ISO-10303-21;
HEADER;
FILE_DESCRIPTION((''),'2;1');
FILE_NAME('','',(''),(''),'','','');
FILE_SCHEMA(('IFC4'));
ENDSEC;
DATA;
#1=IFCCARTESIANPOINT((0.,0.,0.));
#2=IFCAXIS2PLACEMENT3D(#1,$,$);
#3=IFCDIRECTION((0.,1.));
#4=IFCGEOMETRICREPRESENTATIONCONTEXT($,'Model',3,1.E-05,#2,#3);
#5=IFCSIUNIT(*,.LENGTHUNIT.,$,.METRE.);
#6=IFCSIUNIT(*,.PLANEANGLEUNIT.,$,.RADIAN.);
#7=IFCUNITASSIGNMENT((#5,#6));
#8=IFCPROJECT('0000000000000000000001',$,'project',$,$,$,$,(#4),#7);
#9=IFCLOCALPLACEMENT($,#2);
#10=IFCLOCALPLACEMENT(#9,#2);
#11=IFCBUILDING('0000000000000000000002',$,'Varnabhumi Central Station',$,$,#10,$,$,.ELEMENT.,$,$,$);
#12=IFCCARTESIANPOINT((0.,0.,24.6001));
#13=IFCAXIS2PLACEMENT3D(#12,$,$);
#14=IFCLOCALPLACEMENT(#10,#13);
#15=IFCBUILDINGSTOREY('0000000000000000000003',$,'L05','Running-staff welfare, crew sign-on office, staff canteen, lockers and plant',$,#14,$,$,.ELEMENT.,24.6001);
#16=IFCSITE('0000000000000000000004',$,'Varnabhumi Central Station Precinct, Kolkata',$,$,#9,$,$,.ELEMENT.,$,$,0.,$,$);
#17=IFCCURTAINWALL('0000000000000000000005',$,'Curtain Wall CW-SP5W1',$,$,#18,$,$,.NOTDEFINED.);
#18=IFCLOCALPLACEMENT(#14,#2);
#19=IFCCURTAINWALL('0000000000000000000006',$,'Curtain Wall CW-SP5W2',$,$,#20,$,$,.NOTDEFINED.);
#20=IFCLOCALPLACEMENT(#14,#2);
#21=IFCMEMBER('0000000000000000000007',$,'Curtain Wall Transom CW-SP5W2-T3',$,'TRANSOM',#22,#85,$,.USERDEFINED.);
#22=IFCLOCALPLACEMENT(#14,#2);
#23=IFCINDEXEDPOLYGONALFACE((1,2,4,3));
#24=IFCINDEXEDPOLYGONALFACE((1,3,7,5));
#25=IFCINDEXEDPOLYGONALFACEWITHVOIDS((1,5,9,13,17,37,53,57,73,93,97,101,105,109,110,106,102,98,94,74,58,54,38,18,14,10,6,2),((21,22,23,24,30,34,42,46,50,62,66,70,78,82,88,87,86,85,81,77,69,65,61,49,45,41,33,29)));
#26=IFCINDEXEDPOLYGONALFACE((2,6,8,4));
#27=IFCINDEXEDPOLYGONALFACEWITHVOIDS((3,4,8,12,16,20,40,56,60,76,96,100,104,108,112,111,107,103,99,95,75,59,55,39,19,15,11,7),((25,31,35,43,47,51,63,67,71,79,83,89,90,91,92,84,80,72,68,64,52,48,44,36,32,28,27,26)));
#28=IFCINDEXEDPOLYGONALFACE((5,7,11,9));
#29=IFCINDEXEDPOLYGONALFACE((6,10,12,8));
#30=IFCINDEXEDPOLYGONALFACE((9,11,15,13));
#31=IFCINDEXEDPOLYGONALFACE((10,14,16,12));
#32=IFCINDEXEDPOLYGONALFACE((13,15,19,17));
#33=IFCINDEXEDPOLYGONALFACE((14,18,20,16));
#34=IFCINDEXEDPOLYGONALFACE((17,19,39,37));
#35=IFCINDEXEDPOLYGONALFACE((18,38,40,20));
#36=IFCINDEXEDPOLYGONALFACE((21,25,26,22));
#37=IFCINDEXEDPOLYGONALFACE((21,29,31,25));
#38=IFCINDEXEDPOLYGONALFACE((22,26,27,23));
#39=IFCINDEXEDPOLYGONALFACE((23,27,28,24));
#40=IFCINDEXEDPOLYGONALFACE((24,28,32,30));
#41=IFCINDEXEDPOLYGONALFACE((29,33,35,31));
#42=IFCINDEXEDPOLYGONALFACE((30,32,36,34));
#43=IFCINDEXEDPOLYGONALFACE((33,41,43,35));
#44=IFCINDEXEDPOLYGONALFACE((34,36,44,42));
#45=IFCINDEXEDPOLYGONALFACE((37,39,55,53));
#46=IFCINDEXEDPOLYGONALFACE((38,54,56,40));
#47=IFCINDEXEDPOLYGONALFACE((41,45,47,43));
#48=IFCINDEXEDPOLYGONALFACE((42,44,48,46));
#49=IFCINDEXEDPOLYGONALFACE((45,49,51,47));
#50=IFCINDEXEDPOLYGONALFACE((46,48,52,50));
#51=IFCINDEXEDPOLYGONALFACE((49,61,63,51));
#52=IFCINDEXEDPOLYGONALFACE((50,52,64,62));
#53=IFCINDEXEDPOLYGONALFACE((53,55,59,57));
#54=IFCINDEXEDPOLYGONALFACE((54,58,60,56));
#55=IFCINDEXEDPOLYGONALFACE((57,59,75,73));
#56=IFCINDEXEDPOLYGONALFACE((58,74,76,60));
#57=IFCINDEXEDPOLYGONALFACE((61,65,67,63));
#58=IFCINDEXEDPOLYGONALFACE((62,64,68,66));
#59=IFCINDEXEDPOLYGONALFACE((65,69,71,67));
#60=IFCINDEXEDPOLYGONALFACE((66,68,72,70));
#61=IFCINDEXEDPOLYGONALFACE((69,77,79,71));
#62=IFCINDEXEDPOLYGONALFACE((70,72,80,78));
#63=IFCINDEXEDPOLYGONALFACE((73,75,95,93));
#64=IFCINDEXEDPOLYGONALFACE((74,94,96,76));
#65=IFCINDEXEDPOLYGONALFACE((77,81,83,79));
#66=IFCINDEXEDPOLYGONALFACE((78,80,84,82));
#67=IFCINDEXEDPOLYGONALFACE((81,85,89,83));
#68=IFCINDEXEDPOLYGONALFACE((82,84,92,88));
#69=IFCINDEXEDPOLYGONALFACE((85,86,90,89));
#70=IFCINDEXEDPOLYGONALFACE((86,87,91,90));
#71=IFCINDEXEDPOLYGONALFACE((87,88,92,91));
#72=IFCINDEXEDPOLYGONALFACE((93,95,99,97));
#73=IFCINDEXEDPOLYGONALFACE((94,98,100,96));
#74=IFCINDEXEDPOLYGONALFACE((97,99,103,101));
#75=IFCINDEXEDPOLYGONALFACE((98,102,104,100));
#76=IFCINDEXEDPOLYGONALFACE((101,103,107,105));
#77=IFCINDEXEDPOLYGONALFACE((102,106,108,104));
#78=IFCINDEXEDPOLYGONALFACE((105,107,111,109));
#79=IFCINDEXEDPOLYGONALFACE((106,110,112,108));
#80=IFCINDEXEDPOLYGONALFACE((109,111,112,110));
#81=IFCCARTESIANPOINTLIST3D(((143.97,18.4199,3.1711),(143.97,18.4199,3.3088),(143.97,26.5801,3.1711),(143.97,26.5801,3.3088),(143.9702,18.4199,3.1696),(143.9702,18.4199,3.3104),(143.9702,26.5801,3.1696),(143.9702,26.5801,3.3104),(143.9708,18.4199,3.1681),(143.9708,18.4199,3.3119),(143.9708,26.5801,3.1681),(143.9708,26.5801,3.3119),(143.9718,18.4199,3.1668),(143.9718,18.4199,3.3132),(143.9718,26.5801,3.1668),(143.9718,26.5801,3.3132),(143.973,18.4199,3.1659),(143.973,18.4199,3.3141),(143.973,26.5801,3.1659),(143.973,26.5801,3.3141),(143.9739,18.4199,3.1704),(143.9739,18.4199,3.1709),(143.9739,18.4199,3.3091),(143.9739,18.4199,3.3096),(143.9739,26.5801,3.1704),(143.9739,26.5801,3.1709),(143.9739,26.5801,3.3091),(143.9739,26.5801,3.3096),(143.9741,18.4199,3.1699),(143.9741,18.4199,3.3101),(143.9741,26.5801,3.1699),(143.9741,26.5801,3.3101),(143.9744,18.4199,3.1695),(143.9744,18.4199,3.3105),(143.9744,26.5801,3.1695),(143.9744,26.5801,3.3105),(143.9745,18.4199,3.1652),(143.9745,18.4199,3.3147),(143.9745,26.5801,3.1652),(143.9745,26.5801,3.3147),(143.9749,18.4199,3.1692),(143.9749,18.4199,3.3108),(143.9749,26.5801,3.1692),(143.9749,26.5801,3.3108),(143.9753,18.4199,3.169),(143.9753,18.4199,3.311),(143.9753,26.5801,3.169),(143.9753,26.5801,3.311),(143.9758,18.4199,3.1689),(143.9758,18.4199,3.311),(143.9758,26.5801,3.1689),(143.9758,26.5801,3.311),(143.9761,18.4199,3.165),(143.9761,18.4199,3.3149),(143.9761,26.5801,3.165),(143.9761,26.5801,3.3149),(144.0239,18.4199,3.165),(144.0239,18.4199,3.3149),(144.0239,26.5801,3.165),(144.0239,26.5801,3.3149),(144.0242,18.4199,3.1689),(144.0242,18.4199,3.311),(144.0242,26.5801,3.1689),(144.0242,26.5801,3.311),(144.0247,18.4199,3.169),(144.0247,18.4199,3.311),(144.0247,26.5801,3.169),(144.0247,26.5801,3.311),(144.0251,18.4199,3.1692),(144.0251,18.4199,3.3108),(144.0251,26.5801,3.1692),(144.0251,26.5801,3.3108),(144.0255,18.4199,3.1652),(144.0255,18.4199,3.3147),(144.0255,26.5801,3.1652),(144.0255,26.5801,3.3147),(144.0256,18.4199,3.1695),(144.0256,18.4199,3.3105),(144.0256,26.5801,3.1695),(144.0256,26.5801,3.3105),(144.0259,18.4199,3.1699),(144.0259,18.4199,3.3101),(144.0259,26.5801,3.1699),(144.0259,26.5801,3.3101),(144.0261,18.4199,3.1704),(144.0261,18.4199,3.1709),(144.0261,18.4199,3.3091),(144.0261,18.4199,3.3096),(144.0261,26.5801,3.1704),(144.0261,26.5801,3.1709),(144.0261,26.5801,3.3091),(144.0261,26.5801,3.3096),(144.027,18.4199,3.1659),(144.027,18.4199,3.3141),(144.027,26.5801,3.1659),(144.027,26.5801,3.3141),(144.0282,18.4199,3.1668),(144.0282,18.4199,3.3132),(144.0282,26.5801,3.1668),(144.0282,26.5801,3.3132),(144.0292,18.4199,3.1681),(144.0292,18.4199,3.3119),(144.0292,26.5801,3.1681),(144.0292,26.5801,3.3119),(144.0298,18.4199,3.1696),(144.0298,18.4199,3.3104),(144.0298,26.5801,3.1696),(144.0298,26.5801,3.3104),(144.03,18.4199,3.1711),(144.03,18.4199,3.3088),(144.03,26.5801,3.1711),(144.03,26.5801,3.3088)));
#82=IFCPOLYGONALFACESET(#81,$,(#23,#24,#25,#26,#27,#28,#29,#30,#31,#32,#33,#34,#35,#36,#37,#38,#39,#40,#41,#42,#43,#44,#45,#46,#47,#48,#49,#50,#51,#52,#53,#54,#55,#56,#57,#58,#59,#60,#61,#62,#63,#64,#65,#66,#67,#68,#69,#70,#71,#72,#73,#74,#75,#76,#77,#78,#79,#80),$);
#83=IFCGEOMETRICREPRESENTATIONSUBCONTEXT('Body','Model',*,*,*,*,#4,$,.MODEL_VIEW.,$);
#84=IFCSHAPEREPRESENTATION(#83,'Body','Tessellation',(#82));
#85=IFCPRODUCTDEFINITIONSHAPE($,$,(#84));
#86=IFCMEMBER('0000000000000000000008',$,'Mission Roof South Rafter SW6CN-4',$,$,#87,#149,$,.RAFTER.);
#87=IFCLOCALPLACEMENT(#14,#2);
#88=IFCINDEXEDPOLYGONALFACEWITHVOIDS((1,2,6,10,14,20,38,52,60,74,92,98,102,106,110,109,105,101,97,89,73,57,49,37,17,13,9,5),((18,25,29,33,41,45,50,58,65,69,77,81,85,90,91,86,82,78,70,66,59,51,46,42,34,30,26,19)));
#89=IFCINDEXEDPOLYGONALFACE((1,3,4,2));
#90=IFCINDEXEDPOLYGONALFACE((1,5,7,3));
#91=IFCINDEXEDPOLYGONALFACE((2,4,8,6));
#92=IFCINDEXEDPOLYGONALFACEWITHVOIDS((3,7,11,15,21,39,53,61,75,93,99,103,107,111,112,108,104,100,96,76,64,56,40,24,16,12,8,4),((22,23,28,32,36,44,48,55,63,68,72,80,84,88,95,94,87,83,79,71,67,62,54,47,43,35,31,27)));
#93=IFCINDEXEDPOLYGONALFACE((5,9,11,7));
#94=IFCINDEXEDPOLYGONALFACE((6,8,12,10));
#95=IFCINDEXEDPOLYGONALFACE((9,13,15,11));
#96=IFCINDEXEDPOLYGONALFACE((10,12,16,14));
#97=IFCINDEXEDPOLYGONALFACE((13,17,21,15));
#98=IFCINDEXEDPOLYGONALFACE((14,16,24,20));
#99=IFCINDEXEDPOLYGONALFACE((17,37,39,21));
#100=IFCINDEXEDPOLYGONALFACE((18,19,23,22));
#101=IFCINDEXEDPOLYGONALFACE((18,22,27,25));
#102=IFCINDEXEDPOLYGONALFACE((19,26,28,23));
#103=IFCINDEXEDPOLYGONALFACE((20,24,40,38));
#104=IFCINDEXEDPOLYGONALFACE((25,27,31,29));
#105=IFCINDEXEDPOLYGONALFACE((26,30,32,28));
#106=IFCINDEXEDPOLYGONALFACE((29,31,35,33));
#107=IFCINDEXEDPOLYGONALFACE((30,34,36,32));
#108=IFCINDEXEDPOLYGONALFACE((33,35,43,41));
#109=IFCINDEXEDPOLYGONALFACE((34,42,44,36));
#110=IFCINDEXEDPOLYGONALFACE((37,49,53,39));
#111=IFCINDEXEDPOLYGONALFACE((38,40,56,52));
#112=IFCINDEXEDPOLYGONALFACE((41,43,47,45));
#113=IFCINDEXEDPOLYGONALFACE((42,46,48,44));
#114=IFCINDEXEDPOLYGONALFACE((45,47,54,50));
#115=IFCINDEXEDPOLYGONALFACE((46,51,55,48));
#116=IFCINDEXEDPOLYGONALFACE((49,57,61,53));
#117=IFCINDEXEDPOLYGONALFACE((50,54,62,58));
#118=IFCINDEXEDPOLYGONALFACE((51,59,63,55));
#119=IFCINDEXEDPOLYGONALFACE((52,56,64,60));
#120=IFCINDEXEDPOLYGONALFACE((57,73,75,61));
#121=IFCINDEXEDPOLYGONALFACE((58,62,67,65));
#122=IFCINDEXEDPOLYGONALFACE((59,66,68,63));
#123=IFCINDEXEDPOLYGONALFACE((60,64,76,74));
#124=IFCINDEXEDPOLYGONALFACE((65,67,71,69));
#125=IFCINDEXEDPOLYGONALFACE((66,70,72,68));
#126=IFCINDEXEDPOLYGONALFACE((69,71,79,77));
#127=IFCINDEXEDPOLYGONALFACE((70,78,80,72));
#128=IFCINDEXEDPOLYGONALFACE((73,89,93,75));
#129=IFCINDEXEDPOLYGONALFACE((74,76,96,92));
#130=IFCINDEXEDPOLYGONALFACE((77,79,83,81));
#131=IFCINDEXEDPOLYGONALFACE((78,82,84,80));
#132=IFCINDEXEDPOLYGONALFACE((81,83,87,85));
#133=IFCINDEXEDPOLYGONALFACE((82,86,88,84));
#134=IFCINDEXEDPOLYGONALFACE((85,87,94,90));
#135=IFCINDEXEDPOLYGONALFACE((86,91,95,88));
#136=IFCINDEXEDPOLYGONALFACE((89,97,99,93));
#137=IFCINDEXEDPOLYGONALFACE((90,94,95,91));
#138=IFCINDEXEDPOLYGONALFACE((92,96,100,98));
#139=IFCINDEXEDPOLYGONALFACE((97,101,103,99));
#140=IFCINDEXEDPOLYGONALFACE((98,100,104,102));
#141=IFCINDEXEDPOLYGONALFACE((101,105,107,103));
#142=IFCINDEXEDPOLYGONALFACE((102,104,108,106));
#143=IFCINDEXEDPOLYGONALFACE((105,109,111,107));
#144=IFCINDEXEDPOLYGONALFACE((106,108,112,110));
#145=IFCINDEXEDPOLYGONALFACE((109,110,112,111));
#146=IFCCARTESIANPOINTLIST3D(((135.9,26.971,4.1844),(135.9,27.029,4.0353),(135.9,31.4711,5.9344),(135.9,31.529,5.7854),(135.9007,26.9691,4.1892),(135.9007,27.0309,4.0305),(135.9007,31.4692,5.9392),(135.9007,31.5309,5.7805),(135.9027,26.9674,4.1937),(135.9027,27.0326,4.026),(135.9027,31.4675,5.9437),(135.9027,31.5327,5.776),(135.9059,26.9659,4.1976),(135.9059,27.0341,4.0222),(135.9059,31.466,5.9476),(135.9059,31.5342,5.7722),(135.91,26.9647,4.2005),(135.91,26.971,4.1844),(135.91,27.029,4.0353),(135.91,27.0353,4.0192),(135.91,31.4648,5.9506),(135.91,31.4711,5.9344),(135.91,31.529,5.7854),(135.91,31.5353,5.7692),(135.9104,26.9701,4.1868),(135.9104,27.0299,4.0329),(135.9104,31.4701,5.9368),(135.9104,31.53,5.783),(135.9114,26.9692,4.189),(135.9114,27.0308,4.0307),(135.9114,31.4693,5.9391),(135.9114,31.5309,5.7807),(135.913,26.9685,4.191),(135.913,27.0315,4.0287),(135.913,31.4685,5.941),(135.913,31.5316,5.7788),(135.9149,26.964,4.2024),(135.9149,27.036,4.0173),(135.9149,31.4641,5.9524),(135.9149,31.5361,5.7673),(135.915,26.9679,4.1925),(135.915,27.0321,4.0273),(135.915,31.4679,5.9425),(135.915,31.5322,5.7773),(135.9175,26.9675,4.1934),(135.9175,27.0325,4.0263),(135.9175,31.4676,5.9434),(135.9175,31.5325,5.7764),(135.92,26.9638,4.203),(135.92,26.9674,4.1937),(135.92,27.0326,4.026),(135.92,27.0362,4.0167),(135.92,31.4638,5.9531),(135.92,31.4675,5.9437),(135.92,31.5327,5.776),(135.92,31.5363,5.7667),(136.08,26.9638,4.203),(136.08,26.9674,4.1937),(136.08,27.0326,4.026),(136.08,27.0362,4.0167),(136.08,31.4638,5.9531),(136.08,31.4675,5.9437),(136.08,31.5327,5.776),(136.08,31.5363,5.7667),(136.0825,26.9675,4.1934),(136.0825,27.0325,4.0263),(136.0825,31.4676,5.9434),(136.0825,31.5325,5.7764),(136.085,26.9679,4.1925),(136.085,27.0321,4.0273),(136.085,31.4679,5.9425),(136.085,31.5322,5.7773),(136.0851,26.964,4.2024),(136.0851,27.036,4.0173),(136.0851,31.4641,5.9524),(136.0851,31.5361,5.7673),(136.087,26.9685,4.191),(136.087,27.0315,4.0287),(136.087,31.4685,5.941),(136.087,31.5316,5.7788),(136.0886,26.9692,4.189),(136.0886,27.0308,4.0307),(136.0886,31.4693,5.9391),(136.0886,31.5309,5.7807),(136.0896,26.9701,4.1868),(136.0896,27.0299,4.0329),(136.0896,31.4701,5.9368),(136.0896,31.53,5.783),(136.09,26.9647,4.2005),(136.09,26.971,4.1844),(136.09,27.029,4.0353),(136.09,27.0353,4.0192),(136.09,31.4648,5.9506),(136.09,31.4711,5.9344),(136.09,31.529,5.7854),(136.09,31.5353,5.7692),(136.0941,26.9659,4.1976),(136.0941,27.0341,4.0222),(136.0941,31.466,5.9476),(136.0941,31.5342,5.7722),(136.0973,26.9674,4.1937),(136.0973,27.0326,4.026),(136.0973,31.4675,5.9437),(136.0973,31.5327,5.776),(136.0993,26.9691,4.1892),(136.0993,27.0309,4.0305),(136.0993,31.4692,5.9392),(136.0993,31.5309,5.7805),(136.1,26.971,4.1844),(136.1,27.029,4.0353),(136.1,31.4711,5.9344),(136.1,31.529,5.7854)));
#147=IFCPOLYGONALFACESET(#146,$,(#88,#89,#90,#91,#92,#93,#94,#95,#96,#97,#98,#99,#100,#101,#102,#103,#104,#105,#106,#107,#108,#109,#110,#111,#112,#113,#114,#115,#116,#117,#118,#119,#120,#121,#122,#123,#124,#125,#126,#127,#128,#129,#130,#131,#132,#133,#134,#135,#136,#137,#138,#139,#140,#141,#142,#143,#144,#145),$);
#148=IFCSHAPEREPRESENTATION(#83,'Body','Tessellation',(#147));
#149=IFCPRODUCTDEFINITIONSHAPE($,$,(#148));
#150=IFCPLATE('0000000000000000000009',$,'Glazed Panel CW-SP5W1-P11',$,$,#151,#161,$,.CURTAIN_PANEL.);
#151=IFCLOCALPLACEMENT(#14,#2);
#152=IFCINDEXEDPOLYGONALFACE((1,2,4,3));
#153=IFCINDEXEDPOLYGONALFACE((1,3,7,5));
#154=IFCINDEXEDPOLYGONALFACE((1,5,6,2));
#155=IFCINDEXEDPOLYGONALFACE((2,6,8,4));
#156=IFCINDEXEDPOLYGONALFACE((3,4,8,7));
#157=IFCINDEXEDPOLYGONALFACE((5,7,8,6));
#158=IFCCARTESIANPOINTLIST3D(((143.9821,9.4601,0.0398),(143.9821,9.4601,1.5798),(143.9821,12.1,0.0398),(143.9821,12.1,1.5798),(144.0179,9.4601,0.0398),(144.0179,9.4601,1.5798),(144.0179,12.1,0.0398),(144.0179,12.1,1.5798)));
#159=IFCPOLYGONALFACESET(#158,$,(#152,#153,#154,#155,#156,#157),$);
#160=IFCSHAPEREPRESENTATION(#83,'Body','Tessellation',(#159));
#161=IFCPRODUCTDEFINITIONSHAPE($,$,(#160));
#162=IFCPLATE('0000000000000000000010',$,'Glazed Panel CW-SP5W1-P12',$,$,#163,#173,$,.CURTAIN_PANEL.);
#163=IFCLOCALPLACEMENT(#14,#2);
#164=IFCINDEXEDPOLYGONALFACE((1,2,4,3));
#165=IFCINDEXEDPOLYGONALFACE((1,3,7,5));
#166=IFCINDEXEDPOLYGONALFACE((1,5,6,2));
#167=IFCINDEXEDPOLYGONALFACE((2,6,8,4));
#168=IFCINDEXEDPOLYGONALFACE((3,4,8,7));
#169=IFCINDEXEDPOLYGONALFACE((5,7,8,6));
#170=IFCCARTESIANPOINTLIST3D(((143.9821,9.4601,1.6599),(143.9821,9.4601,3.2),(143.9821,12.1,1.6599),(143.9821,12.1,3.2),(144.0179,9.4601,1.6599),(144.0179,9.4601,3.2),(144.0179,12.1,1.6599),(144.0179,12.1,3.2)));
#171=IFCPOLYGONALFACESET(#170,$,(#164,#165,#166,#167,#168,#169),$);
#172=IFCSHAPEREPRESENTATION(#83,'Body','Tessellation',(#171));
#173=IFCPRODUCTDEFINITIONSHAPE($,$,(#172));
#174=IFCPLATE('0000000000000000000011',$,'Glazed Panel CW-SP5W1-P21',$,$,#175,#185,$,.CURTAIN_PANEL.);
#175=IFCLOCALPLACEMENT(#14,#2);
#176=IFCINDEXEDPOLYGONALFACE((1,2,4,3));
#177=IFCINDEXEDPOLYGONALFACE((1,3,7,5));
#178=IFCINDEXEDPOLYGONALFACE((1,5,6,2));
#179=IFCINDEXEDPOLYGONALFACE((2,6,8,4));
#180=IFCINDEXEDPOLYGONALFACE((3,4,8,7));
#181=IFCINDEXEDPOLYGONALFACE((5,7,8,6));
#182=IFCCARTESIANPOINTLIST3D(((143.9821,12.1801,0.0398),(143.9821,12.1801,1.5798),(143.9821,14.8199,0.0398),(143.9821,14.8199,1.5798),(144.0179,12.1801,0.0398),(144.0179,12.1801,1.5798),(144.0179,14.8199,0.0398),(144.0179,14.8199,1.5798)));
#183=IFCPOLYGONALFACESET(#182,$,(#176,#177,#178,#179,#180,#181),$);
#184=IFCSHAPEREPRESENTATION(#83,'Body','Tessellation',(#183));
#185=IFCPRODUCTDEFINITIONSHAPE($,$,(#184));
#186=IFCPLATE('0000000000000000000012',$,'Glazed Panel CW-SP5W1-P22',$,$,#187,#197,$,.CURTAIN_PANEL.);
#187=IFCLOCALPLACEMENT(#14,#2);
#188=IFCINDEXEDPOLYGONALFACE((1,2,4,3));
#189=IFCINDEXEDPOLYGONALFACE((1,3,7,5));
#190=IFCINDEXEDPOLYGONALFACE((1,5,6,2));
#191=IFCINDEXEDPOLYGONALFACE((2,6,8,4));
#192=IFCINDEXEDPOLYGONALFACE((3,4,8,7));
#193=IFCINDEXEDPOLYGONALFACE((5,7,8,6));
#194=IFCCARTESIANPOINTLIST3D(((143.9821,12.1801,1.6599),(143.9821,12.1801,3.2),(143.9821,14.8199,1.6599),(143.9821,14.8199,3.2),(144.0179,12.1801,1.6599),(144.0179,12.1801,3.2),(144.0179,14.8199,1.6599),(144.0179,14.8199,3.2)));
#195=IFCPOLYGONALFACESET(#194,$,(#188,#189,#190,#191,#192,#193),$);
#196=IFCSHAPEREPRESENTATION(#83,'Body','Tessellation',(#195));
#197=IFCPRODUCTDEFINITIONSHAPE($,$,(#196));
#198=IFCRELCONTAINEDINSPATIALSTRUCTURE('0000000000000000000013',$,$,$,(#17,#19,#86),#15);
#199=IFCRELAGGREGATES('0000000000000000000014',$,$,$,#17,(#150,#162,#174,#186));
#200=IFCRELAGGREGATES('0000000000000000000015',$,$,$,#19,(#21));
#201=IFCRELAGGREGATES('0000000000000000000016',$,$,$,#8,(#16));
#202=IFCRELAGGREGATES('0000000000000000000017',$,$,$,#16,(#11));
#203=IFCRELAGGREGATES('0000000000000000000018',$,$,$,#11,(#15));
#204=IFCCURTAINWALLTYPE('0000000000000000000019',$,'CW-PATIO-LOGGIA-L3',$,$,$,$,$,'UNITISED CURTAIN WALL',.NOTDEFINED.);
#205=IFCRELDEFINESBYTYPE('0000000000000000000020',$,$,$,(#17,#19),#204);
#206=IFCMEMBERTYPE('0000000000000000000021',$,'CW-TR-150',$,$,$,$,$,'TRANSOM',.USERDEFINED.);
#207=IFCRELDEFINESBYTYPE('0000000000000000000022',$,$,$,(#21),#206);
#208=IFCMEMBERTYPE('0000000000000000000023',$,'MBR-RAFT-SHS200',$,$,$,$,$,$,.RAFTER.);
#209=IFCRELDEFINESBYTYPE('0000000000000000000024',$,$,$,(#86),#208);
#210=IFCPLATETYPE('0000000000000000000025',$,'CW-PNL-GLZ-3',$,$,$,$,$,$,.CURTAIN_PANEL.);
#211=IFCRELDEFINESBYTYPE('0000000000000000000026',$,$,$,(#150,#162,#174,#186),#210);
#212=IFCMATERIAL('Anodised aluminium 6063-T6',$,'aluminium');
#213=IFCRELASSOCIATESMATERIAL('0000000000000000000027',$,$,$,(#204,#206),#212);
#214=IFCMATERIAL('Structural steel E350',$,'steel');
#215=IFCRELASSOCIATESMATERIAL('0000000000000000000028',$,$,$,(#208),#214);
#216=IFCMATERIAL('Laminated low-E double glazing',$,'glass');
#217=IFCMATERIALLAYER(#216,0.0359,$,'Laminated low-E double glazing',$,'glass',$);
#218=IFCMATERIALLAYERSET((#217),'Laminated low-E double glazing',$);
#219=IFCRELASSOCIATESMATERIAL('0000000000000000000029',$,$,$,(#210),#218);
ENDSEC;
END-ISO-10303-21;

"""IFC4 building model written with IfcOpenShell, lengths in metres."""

from ifc_helpers import new_model, si_unit, direction, frame, origin, origin_2d, place, context, subcontext, project, spatial, rectangle, hollow_rectangle, extrude, material, layer, layer_set, material_profile, profile_set, type_object, element, aggregate, save


model = new_model("IFC4")

# Units and contexts
model_context = context("Model", 3, precision=1e-05, world=origin(), true_north=direction((0.0, 1.0)))
body_context = subcontext(model_context, "Body", "Model", "MODEL_VIEW")
ifc_project = project(units=[si_unit("LENGTHUNIT", "METRE"), si_unit("PLANEANGLEUNIT", "RADIAN")], contexts=[model_context])

# Site, building, storey
site_placement = place(None, origin())
site = spatial("IfcSite", under=ifc_project, at=site_placement, Name="Varnabhumi Central Station Precinct, Kolkata", CompositionType="ELEMENT", RefElevation=0.0)
building_placement = place(site_placement, origin())
building = spatial("IfcBuilding", under=site, at=building_placement, Name="Varnabhumi Central Station", CompositionType="ELEMENT")
storey_placement = place(building_placement, frame((0.0, 0.0, 24.6001)))
storey = spatial("IfcBuildingStorey", under=building, at=storey_placement, Name="L05", Description="Running-staff welfare, crew sign-on office, staff canteen, lockers and plant", CompositionType="ELEMENT", Elevation=24.6001)

# Curtain walls
ifc_material_1 = material(Name="Anodised aluminium 6063-T6", Category="aluminium")
curtain_wall_type = type_object("IfcCurtainWallType", Name="CW-PATIO-LOGGIA-L3", ElementType="UNITISED CURTAIN WALL", PredefinedType="NOTDEFINED", material=ifc_material_1)
curtain_wall_1_placement = place(storey_placement, origin())
curtain_wall_1 = element("IfcCurtainWall", 1, at=curtain_wall_1_placement, inside=storey, type_object=curtain_wall_type, Name="Curtain Wall CW-SP5W1", PredefinedType="NOTDEFINED")
curtain_wall_2_placement = place(storey_placement, origin())
curtain_wall_2 = element("IfcCurtainWall", 2, at=curtain_wall_2_placement, inside=storey, type_object=curtain_wall_type, Name="Curtain Wall CW-SP5W2", PredefinedType="NOTDEFINED")

# Members
ifc_material_profile_1 = material_profile(ifc_material_1, hollow_rectangle(XDim=0.0601, YDim=0.1499, WallThickness=0.0039, InnerFilletRadius=0.002, OuterFilletRadius=0.0061, at=origin_2d()), Name="Anodised aluminium 6063-T6", Category="aluminium")
ifc_profile_set_1 = profile_set([ifc_material_profile_1], Name="Anodised aluminium 6063-T6")
member_type_1 = type_object("IfcMemberType", Name="CW-TR-150", ElementType="TRANSOM", PredefinedType="USERDEFINED", material=ifc_profile_set_1)
member_1_placement = place(storey_placement, frame((144.0, 18.4199, 3.24), z_axis=(0.0, 1.0, 0.0), x_axis=(-1.0, 0.0, 0.0)))
member_1 = element("IfcMember", 3, at=member_1_placement, type_object=member_type_1, Name="Curtain Wall Transom CW-SP5W2-T3", ObjectType="TRANSOM", PredefinedType="USERDEFINED", context=body_context, shape_type="SweptSolid", body=[
    extrude(hollow_rectangle(XDim=0.0601, YDim=0.1499, WallThickness=0.0039, InnerFilletRadius=0.002, OuterFilletRadius=0.0061, at=origin_2d()), origin(), (0.0, 0.0, 1.0), 8.1602),
])
ifc_material_2 = material(Name="Structural steel E350", Category="steel")
ifc_material_profile_2 = material_profile(ifc_material_2, hollow_rectangle(XDim=0.2, YDim=0.2, WallThickness=0.01, InnerFilletRadius=0.01, OuterFilletRadius=0.02, at=origin_2d()), Name="Structural steel E350", Category="steel")
ifc_profile_set_2 = profile_set([ifc_material_profile_2], Name="Structural steel E350")
member_type_2 = type_object("IfcMemberType", Name="MBR-RAFT-SHS200", PredefinedType="RAFTER", material=ifc_profile_set_2)
member_2_placement = place(storey_placement, frame((136.0, 27.0, 4.1099), z_axis=(0.0, 0.932005, 0.362446), x_axis=(-1.0, 0.0, 0.0)))
element("IfcMember", 4, at=member_2_placement, inside=storey, type_object=member_type_2, Name="Mission Roof South Rafter SW6CN-4", PredefinedType="RAFTER", context=body_context, shape_type="SweptSolid", body=[
    extrude(hollow_rectangle(XDim=0.2, YDim=0.2, WallThickness=0.01, InnerFilletRadius=0.01, OuterFilletRadius=0.02, at=origin_2d()), origin(), (0.0, 0.0, 1.0), 4.8284),
])

# Plates
ifc_material_3 = material(Name="Laminated low-E double glazing", Category="glass")
ifc_layer_1 = layer(ifc_material_3, 0.0359, Name="Laminated low-E double glazing", Category="glass")
ifc_layer_set_1 = layer_set([ifc_layer_1], Name="Laminated low-E double glazing")
plate_type = type_object("IfcPlateType", Name="CW-PNL-GLZ-3", PredefinedType="CURTAIN_PANEL", material=ifc_layer_set_1)
plate_1_placement = place(storey_placement, frame((144.0, 10.78, 0.0398), z_axis=(0.0, 0.0, 1.0), x_axis=(0.0, 1.0, 0.0)))
plate_1 = element("IfcPlate", 5, at=plate_1_placement, type_object=plate_type, Name="Glazed Panel CW-SP5W1-P11", PredefinedType="CURTAIN_PANEL", context=body_context, shape_type="SweptSolid", body=[
    extrude(rectangle(XDim=2.6399, YDim=0.0359, at=origin_2d()), origin(), (0.0, 0.0, 1.0), 1.54),
])
plate_2_placement = place(storey_placement, frame((144.0, 10.78, 1.6599), z_axis=(0.0, 0.0, 1.0), x_axis=(0.0, 1.0, 0.0)))
plate_2 = element("IfcPlate", 6, at=plate_2_placement, type_object=plate_type, Name="Glazed Panel CW-SP5W1-P12", PredefinedType="CURTAIN_PANEL", context=body_context, shape_type="SweptSolid", body=[
    extrude(rectangle(XDim=2.6399, YDim=0.0359, at=origin_2d()), origin(), (0.0, 0.0, 1.0), 1.54),
])
plate_3_placement = place(storey_placement, frame((144.0, 13.5, 0.0398), z_axis=(0.0, 0.0, 1.0), x_axis=(0.0, 1.0, 0.0)))
plate_3 = element("IfcPlate", 7, at=plate_3_placement, type_object=plate_type, Name="Glazed Panel CW-SP5W1-P21", PredefinedType="CURTAIN_PANEL", context=body_context, shape_type="SweptSolid", body=[
    extrude(rectangle(XDim=2.6399, YDim=0.0359, at=origin_2d()), origin(), (0.0, 0.0, 1.0), 1.54),
])
plate_4_placement = place(storey_placement, frame((144.0, 13.5, 1.6599), z_axis=(0.0, 0.0, 1.0), x_axis=(0.0, 1.0, 0.0)))
plate_4 = element("IfcPlate", 8, at=plate_4_placement, type_object=plate_type, Name="Glazed Panel CW-SP5W1-P22", PredefinedType="CURTAIN_PANEL", context=body_context, shape_type="SweptSolid", body=[
    extrude(rectangle(XDim=2.6399, YDim=0.0359, at=origin_2d()), origin(), (0.0, 0.0, 1.0), 1.54),
])
aggregate(curtain_wall_1, [plate_1, plate_2, plate_3, plate_4])
aggregate(curtain_wall_2, [member_1])

save(model, "model.ifc")
